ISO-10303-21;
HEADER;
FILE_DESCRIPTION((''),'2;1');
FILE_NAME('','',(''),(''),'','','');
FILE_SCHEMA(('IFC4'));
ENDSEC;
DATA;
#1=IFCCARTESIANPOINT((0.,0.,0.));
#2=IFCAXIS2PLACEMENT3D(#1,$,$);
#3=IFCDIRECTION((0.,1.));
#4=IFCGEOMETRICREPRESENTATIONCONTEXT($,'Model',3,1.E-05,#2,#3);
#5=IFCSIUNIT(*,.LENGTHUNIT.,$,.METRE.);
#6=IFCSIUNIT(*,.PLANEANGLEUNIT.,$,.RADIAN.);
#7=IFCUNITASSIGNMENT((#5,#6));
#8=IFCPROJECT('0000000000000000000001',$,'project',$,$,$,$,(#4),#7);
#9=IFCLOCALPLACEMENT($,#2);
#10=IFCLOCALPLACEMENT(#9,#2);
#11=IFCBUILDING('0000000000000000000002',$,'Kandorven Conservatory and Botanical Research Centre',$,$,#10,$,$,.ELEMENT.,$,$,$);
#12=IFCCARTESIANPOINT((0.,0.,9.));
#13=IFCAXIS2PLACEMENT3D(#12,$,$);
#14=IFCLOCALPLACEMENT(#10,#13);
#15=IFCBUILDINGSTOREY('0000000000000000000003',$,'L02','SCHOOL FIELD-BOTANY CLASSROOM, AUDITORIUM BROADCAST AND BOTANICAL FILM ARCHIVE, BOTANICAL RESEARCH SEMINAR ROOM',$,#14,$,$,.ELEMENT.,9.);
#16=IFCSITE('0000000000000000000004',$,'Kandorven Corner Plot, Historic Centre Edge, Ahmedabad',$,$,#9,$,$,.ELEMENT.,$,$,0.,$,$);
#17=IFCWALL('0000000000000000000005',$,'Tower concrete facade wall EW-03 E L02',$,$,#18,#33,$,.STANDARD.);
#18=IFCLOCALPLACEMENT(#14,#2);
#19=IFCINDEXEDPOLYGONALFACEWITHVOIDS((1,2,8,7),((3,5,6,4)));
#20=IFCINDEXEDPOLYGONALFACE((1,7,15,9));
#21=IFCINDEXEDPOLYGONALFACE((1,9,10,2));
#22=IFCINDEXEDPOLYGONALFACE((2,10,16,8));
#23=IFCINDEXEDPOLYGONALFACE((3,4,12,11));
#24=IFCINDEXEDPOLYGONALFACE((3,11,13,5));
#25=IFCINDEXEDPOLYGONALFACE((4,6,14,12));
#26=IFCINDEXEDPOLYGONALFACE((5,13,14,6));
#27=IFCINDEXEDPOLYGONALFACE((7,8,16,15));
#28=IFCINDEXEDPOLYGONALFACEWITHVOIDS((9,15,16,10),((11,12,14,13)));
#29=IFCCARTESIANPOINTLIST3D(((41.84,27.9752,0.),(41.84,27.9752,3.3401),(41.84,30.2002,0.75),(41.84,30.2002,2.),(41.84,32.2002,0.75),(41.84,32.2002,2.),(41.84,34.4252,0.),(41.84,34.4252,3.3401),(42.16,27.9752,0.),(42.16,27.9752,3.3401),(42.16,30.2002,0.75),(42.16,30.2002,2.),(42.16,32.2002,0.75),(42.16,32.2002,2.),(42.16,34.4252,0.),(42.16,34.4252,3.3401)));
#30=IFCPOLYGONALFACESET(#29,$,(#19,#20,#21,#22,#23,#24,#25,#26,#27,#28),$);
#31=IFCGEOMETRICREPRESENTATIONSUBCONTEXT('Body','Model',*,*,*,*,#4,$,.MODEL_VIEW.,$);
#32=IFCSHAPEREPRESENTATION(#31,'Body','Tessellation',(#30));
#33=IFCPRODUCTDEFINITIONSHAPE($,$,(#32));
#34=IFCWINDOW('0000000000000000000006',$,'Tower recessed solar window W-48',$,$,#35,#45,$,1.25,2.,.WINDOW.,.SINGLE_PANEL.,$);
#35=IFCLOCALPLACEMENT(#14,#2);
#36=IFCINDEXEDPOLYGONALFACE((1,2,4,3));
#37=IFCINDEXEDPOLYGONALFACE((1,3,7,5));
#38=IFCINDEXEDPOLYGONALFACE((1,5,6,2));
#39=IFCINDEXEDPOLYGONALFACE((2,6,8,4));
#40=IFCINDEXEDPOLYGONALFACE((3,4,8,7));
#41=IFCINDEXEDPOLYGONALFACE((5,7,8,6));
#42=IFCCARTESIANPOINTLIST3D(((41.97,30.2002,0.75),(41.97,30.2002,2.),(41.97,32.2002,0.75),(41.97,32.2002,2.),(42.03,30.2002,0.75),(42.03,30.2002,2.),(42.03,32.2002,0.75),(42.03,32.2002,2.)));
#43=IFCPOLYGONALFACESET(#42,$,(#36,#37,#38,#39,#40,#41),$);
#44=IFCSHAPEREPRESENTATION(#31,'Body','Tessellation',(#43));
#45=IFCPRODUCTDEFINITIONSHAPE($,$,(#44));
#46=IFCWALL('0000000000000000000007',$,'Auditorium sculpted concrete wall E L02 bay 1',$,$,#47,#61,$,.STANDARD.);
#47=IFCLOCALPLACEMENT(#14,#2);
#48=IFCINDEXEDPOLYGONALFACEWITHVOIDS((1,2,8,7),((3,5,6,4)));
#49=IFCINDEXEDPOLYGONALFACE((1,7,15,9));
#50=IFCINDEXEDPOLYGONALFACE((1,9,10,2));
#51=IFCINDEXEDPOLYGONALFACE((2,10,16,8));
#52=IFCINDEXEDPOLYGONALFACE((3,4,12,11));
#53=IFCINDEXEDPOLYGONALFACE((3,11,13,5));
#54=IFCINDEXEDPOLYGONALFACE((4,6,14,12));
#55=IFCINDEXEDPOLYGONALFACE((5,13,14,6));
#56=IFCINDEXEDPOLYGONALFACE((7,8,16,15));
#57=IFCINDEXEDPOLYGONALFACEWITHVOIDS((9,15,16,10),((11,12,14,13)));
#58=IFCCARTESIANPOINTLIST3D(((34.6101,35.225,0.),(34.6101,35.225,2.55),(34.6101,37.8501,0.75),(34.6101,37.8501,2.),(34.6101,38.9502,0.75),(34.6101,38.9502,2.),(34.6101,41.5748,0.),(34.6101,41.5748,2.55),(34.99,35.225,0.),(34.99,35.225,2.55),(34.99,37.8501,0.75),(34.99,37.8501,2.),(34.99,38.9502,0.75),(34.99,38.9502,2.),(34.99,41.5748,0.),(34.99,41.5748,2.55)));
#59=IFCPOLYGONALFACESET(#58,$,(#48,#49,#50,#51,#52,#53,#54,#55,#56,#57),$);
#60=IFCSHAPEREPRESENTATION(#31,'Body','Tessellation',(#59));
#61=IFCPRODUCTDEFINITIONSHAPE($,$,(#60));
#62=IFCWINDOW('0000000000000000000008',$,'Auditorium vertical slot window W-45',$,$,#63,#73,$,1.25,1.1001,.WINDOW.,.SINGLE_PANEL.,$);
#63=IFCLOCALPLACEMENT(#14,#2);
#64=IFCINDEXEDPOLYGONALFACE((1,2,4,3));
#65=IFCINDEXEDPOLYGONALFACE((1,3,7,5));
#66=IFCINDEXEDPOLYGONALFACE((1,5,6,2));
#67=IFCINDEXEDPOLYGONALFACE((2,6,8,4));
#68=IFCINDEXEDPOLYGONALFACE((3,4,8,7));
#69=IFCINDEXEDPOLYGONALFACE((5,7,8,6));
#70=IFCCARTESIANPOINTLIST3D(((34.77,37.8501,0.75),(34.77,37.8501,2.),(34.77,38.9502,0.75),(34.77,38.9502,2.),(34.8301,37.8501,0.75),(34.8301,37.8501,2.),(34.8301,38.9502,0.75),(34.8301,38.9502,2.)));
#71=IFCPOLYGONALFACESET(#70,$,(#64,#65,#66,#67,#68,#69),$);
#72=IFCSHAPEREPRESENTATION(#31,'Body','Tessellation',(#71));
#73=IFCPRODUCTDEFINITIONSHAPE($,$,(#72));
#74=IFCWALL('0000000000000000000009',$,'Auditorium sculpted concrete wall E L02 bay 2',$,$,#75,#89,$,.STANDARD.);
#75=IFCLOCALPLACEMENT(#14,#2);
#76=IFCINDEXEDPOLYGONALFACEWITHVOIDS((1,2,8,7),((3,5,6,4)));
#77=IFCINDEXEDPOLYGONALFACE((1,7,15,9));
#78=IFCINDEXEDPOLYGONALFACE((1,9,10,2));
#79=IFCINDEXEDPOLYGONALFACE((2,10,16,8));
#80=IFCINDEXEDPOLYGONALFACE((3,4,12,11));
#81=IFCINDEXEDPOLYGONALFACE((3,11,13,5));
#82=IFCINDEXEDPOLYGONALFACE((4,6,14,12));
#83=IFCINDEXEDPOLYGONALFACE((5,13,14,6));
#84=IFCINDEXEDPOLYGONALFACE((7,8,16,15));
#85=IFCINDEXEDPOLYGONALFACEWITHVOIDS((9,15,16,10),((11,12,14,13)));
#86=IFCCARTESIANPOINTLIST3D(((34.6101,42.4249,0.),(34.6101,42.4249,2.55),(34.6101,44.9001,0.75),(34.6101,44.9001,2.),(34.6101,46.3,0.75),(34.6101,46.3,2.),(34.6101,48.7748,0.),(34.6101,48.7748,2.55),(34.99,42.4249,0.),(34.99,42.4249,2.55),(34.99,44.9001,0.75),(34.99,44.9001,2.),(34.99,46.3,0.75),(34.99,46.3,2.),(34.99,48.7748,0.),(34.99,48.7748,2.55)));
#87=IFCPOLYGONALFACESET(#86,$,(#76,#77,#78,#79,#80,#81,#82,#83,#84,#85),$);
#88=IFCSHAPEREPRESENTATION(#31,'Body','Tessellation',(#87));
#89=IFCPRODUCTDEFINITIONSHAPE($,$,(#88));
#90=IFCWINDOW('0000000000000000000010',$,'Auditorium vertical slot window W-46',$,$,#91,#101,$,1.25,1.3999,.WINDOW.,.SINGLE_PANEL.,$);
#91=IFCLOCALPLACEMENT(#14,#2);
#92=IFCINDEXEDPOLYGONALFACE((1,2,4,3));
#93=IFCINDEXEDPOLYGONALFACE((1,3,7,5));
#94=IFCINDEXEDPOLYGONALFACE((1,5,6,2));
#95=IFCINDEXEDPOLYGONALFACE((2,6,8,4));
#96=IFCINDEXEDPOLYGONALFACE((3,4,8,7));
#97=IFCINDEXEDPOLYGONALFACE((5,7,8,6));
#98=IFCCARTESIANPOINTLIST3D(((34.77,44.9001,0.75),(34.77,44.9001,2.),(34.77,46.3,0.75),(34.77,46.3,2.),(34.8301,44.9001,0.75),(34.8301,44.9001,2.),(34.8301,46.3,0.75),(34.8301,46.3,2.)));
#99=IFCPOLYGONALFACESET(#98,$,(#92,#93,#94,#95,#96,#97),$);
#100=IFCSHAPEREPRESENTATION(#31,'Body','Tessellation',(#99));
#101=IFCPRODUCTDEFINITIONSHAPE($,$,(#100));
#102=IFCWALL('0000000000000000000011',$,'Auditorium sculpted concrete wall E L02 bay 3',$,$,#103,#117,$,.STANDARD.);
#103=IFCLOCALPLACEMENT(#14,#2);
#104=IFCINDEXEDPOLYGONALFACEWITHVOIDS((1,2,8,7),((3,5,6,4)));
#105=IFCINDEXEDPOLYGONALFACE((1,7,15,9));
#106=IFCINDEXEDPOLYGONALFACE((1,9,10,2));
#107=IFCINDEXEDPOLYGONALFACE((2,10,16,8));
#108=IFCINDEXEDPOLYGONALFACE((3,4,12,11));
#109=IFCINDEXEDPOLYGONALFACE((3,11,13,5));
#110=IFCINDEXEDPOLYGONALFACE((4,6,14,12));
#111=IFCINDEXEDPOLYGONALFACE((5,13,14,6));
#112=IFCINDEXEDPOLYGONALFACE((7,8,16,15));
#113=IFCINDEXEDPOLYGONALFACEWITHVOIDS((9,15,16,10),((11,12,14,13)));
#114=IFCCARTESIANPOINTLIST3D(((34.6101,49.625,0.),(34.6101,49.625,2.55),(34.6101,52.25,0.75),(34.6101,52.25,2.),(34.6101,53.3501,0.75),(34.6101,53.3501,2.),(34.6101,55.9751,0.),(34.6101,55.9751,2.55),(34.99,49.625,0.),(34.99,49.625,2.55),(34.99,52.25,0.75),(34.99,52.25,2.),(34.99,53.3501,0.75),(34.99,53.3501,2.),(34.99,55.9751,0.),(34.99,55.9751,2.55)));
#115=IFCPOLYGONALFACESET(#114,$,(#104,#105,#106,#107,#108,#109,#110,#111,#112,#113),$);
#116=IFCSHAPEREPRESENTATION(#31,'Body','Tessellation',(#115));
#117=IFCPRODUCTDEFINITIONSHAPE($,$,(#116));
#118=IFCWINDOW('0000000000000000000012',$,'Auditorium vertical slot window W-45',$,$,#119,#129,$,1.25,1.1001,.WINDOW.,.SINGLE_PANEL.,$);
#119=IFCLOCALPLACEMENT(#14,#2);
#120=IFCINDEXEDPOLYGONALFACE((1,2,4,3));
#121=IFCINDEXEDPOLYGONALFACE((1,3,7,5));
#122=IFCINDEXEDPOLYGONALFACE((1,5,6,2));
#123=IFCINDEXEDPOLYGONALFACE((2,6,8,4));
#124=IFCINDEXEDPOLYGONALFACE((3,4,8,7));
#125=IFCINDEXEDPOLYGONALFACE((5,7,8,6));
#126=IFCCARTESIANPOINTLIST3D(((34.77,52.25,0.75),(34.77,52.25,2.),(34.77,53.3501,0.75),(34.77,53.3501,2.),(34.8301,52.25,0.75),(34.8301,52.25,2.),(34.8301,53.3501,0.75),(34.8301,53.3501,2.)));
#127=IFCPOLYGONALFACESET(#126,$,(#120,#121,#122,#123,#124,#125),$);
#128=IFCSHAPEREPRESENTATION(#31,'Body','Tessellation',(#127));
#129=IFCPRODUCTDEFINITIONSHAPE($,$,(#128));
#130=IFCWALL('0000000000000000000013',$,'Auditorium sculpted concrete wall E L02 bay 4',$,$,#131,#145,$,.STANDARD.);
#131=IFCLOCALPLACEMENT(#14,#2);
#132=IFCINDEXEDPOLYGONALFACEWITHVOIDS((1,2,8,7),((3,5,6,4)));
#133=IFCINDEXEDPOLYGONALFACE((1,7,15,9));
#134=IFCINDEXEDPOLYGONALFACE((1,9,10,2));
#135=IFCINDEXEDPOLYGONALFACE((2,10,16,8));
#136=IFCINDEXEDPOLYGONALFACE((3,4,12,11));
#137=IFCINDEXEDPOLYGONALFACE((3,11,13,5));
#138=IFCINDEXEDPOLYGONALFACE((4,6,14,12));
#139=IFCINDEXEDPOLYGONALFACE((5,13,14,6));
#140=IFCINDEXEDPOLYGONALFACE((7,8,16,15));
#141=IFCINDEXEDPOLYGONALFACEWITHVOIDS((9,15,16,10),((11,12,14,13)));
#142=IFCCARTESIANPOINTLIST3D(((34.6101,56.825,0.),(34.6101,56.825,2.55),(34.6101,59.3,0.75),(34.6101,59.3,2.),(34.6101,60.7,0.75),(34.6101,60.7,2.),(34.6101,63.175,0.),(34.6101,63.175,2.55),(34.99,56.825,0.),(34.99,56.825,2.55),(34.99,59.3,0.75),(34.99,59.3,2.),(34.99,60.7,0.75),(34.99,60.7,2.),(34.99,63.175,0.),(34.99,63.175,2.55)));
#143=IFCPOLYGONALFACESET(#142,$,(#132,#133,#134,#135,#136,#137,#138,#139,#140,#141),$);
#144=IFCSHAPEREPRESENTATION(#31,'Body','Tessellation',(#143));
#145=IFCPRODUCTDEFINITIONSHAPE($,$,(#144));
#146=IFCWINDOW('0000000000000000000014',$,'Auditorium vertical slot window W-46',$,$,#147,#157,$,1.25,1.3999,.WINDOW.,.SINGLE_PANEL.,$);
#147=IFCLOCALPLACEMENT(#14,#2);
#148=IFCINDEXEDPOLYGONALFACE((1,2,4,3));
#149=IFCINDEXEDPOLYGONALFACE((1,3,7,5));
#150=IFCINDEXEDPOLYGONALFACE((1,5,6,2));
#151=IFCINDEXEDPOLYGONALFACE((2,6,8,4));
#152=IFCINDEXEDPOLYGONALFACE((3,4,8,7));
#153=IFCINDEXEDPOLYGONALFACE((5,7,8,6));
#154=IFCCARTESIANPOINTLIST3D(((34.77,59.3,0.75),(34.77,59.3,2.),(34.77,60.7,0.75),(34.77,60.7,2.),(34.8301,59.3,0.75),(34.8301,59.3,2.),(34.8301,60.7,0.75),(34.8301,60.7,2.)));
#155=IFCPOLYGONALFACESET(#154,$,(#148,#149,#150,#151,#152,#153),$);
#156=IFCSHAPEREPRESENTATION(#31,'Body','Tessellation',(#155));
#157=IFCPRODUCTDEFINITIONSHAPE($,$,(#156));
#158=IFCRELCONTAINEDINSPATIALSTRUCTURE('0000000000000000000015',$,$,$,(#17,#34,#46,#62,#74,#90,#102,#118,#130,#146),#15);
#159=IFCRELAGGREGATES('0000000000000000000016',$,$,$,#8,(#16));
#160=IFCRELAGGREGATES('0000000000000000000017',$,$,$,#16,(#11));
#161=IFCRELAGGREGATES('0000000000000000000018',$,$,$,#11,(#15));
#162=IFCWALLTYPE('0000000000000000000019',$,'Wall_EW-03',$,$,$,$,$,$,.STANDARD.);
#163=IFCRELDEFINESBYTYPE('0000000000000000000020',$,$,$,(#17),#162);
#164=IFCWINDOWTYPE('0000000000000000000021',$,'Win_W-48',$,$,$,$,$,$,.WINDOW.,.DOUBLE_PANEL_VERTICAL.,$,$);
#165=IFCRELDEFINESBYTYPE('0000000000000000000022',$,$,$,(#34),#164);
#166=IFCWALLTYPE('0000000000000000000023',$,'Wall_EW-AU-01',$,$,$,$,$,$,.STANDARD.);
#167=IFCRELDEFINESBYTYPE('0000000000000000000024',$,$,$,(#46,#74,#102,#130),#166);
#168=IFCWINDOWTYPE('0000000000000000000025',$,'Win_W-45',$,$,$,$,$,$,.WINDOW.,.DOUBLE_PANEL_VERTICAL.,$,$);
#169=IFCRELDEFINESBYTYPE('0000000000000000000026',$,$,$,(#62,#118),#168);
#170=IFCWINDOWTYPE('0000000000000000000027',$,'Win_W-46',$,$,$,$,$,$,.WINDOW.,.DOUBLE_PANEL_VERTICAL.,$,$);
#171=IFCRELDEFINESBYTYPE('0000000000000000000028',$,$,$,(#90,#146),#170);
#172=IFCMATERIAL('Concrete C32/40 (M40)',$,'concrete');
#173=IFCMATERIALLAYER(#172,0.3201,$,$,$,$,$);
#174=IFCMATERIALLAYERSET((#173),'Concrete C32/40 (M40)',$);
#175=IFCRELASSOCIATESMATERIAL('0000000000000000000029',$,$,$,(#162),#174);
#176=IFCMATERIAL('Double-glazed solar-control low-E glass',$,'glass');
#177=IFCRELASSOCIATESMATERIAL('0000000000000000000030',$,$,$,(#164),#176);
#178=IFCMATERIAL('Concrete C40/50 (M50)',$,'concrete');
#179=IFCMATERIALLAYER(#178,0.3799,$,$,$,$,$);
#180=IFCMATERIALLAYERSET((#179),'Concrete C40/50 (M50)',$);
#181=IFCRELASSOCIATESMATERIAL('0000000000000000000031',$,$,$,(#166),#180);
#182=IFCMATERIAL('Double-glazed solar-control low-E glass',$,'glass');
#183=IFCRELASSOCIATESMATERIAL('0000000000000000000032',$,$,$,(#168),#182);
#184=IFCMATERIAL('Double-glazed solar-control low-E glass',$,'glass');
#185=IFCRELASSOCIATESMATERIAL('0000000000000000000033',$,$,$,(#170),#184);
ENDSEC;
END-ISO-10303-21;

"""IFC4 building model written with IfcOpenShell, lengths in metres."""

from ifc_helpers import new_model, si_unit, direction, frame, frame_2d, origin, place, context, subcontext, project, spatial, rectangle, extrude, material, layer, layer_set, type_object, element, fill, save


model = new_model("IFC4")

# Units and contexts
model_context = context("Model", 3, precision=1e-05, world=origin(), true_north=direction((0.0, 1.0)))
body_context = subcontext(model_context, "Body", "Model", "MODEL_VIEW")
ifc_project = project(units=[si_unit("LENGTHUNIT", "METRE"), si_unit("PLANEANGLEUNIT", "RADIAN")], contexts=[model_context])

# Site, building, storey
site_placement = place(None, origin())
site = spatial("IfcSite", under=ifc_project, at=site_placement, Name="Kandorven Corner Plot, Historic Centre Edge, Ahmedabad", CompositionType="ELEMENT", RefElevation=0.0)
building_placement = place(site_placement, origin())
building = spatial("IfcBuilding", under=site, at=building_placement, Name="Kandorven Conservatory and Botanical Research Centre", CompositionType="ELEMENT")
storey_placement = place(building_placement, frame((0.0, 0.0, 9.0)))
storey = spatial("IfcBuildingStorey", under=building, at=storey_placement, Name="L02", Description="SCHOOL FIELD-BOTANY CLASSROOM, AUDITORIUM BROADCAST AND BOTANICAL FILM ARCHIVE, BOTANICAL RESEARCH SEMINAR ROOM", CompositionType="ELEMENT", Elevation=9.0)

# Walls, openings, windows
ifc_material_1 = material(Name="Concrete C32/40 (M40)", Category="concrete")
ifc_layer_1 = layer(ifc_material_1, 0.3201)
ifc_layer_set_1 = layer_set([ifc_layer_1], Name="Concrete C32/40 (M40)")
wall_type_1 = type_object("IfcWallType", Name="Wall_EW-03", PredefinedType="STANDARD", material=ifc_layer_set_1)
wall_1_placement = place(storey_placement, frame((42.0, 27.9751, 0.0), z_axis=(0.0, 0.0, 1.0), x_axis=(0.0, 1.0, 0.0)))
wall_1 = element("IfcWall", 1, at=wall_1_placement, inside=storey, type_object=wall_type_1, Name="Tower concrete facade wall EW-03 E L02", PredefinedType="STANDARD", context=body_context, shape_type="SweptSolid", body=[
    extrude(rectangle(XDim=6.45, YDim=0.3201, at=frame_2d((3.2251, 0.0))), origin(), (0.0, 0.0, 1.0), 3.3401),
])
opening_1_placement = place(wall_1_placement, frame((2.2251, 0.0, 0.75)))
opening_1 = element("IfcOpeningElement", 2, at=opening_1_placement, cuts=wall_1, PredefinedType="OPENING", context=body_context, shape_type="SweptSolid", body=[
    extrude(rectangle(XDim=2.0, YDim=1.25, at=frame_2d((1.0, 0.625))), frame((0.0, 0.1699, 0.0), z_axis=(0.0, -1.0, 0.0), x_axis=(1.0, 0.0, 0.0)), (0.0, 0.0, 1.0), 0.3401),
])
ifc_material_2 = material(Name="Double-glazed solar-control low-E glass", Category="glass")
window_type_1 = type_object("IfcWindowType", Name="Win_W-48", PartitioningType="DOUBLE_PANEL_VERTICAL", PredefinedType="WINDOW", material=ifc_material_2)
window_1_placement = place(opening_1_placement, origin())
window_1 = element("IfcWindow", 3, at=window_1_placement, inside=storey, type_object=window_type_1, Name="Tower recessed solar window W-48", OverallHeight=1.25, OverallWidth=2.0, PartitioningType="SINGLE_PANEL", PredefinedType="WINDOW", context=body_context, shape_type="SweptSolid", body=[
    extrude(rectangle(XDim=2.0, YDim=1.25, at=frame_2d((1.0, 0.625))), frame((0.0, 0.03, 0.0), z_axis=(0.0, -1.0, 0.0), x_axis=(1.0, 0.0, 0.0)), (0.0, 0.0, 1.0), 0.0601),
])
fill(opening_1, window_1)
ifc_material_3 = material(Name="Concrete C40/50 (M50)", Category="concrete")
ifc_layer_2 = layer(ifc_material_3, 0.3799)
ifc_layer_set_2 = layer_set([ifc_layer_2], Name="Concrete C40/50 (M50)")
wall_type_2 = type_object("IfcWallType", Name="Wall_EW-AU-01", PredefinedType="STANDARD", material=ifc_layer_set_2)
wall_2_placement = place(storey_placement, frame((34.8, 35.2251, 0.0), z_axis=(0.0, 0.0, 1.0), x_axis=(0.0, 1.0, 0.0)))
wall_2 = element("IfcWall", 4, at=wall_2_placement, inside=storey, type_object=wall_type_2, Name="Auditorium sculpted concrete wall E L02 bay 1", PredefinedType="STANDARD", context=body_context, shape_type="SweptSolid", body=[
    extrude(rectangle(XDim=6.3499, YDim=0.3799, at=frame_2d((3.1748, 0.0))), origin(), (0.0, 0.0, 1.0), 2.55),
])
opening_2_placement = place(wall_2_placement, frame((2.625, 0.0, 0.75)))
opening_2 = element("IfcOpeningElement", 5, at=opening_2_placement, cuts=wall_2, PredefinedType="OPENING", context=body_context, shape_type="SweptSolid", body=[
    extrude(rectangle(XDim=1.1001, YDim=1.25, at=frame_2d((0.55, 0.625))), frame((0.0, 0.2, 0.0), z_axis=(0.0, -1.0, 0.0), x_axis=(1.0, 0.0, 0.0)), (0.0, 0.0, 1.0), 0.3999),
])
ifc_material_4 = material(Name="Double-glazed solar-control low-E glass", Category="glass")
window_type_2 = type_object("IfcWindowType", Name="Win_W-45", PartitioningType="DOUBLE_PANEL_VERTICAL", PredefinedType="WINDOW", material=ifc_material_4)
window_2_placement = place(opening_2_placement, origin())
window_2 = element("IfcWindow", 6, at=window_2_placement, inside=storey, type_object=window_type_2, Name="Auditorium vertical slot window W-45", OverallHeight=1.25, OverallWidth=1.1001, PartitioningType="SINGLE_PANEL", PredefinedType="WINDOW", context=body_context, shape_type="SweptSolid", body=[
    extrude(rectangle(XDim=1.1001, YDim=1.25, at=frame_2d((0.55, 0.625))), frame((0.0, 0.03, 0.0), z_axis=(0.0, -1.0, 0.0), x_axis=(1.0, 0.0, 0.0)), (0.0, 0.0, 1.0), 0.0601),
])
fill(opening_2, window_2)
wall_3_placement = place(storey_placement, frame((34.8, 42.425, 0.0), z_axis=(0.0, 0.0, 1.0), x_axis=(0.0, 1.0, 0.0)))
wall_3 = element("IfcWall", 7, at=wall_3_placement, inside=storey, type_object=wall_type_2, Name="Auditorium sculpted concrete wall E L02 bay 2", PredefinedType="STANDARD", context=body_context, shape_type="SweptSolid", body=[
    extrude(rectangle(XDim=6.3499, YDim=0.3799, at=frame_2d((3.1748, 0.0))), origin(), (0.0, 0.0, 1.0), 2.55),
])
opening_3_placement = place(wall_3_placement, frame((2.4751, 0.0, 0.75)))
opening_3 = element("IfcOpeningElement", 8, at=opening_3_placement, cuts=wall_3, PredefinedType="OPENING", context=body_context, shape_type="SweptSolid", body=[
    extrude(rectangle(XDim=1.3999, YDim=1.25, at=frame_2d((0.7, 0.625))), frame((0.0, 0.2, 0.0), z_axis=(0.0, -1.0, 0.0), x_axis=(1.0, 0.0, 0.0)), (0.0, 0.0, 1.0), 0.3999),
])
ifc_material_5 = material(Name="Double-glazed solar-control low-E glass", Category="glass")
window_type_3 = type_object("IfcWindowType", Name="Win_W-46", PartitioningType="DOUBLE_PANEL_VERTICAL", PredefinedType="WINDOW", material=ifc_material_5)
window_3_placement = place(opening_3_placement, origin())
window_3 = element("IfcWindow", 9, at=window_3_placement, inside=storey, type_object=window_type_3, Name="Auditorium vertical slot window W-46", OverallHeight=1.25, OverallWidth=1.3999, PartitioningType="SINGLE_PANEL", PredefinedType="WINDOW", context=body_context, shape_type="SweptSolid", body=[
    extrude(rectangle(XDim=1.3999, YDim=1.25, at=frame_2d((0.7, 0.625))), frame((0.0, 0.03, 0.0), z_axis=(0.0, -1.0, 0.0), x_axis=(1.0, 0.0, 0.0)), (0.0, 0.0, 1.0), 0.0601),
])
fill(opening_3, window_3)
wall_4_placement = place(storey_placement, frame((34.8, 49.625, 0.0), z_axis=(0.0, 0.0, 1.0), x_axis=(0.0, 1.0, 0.0)))
wall_4 = element("IfcWall", 10, at=wall_4_placement, inside=storey, type_object=wall_type_2, Name="Auditorium sculpted concrete wall E L02 bay 3", PredefinedType="STANDARD", context=body_context, shape_type="SweptSolid", body=[
    extrude(rectangle(XDim=6.3501, YDim=0.3799, at=frame_2d((3.175, 0.0))), origin(), (0.0, 0.0, 1.0), 2.55),
])
opening_4_placement = place(wall_4_placement, frame((2.625, 0.0, 0.75)))
opening_4 = element("IfcOpeningElement", 11, at=opening_4_placement, cuts=wall_4, PredefinedType="OPENING", context=body_context, shape_type="SweptSolid", body=[
    extrude(rectangle(XDim=1.1001, YDim=1.25, at=frame_2d((0.55, 0.625))), frame((0.0, 0.2, 0.0), z_axis=(0.0, -1.0, 0.0), x_axis=(1.0, 0.0, 0.0)), (0.0, 0.0, 1.0), 0.3999),
])
window_4_placement = place(opening_4_placement, origin())
window_4 = element("IfcWindow", 12, at=window_4_placement, inside=storey, type_object=window_type_2, Name="Auditorium vertical slot window W-45", OverallHeight=1.25, OverallWidth=1.1001, PartitioningType="SINGLE_PANEL", PredefinedType="WINDOW", context=body_context, shape_type="SweptSolid", body=[
    extrude(rectangle(XDim=1.1001, YDim=1.25, at=frame_2d((0.55, 0.625))), frame((0.0, 0.03, 0.0), z_axis=(0.0, -1.0, 0.0), x_axis=(1.0, 0.0, 0.0)), (0.0, 0.0, 1.0), 0.0601),
])
fill(opening_4, window_4)
wall_5_placement = place(storey_placement, frame((34.8, 56.825, 0.0), z_axis=(0.0, 0.0, 1.0), x_axis=(0.0, 1.0, 0.0)))
wall_5 = element("IfcWall", 13, at=wall_5_placement, inside=storey, type_object=wall_type_2, Name="Auditorium sculpted concrete wall E L02 bay 4", PredefinedType="STANDARD", context=body_context, shape_type="SweptSolid", body=[
    extrude(rectangle(XDim=6.3501, YDim=0.3799, at=frame_2d((3.175, 0.0))), origin(), (0.0, 0.0, 1.0), 2.55),
])
opening_5_placement = place(wall_5_placement, frame((2.4751, 0.0, 0.75)))
opening_5 = element("IfcOpeningElement", 14, at=opening_5_placement, cuts=wall_5, PredefinedType="OPENING", context=body_context, shape_type="SweptSolid", body=[
    extrude(rectangle(XDim=1.3999, YDim=1.25, at=frame_2d((0.7, 0.625))), frame((0.0, 0.2, 0.0), z_axis=(0.0, -1.0, 0.0), x_axis=(1.0, 0.0, 0.0)), (0.0, 0.0, 1.0), 0.3999),
])
window_5_placement = place(opening_5_placement, origin())
window_5 = element("IfcWindow", 15, at=window_5_placement, inside=storey, type_object=window_type_3, Name="Auditorium vertical slot window W-46", OverallHeight=1.25, OverallWidth=1.3999, PartitioningType="SINGLE_PANEL", PredefinedType="WINDOW", context=body_context, shape_type="SweptSolid", body=[
    extrude(rectangle(XDim=1.3999, YDim=1.25, at=frame_2d((0.7, 0.625))), frame((0.0, 0.03, 0.0), z_axis=(0.0, -1.0, 0.0), x_axis=(1.0, 0.0, 0.0)), (0.0, 0.0, 1.0), 0.0601),
])
fill(opening_5, window_5)

save(model, "model.ifc")
